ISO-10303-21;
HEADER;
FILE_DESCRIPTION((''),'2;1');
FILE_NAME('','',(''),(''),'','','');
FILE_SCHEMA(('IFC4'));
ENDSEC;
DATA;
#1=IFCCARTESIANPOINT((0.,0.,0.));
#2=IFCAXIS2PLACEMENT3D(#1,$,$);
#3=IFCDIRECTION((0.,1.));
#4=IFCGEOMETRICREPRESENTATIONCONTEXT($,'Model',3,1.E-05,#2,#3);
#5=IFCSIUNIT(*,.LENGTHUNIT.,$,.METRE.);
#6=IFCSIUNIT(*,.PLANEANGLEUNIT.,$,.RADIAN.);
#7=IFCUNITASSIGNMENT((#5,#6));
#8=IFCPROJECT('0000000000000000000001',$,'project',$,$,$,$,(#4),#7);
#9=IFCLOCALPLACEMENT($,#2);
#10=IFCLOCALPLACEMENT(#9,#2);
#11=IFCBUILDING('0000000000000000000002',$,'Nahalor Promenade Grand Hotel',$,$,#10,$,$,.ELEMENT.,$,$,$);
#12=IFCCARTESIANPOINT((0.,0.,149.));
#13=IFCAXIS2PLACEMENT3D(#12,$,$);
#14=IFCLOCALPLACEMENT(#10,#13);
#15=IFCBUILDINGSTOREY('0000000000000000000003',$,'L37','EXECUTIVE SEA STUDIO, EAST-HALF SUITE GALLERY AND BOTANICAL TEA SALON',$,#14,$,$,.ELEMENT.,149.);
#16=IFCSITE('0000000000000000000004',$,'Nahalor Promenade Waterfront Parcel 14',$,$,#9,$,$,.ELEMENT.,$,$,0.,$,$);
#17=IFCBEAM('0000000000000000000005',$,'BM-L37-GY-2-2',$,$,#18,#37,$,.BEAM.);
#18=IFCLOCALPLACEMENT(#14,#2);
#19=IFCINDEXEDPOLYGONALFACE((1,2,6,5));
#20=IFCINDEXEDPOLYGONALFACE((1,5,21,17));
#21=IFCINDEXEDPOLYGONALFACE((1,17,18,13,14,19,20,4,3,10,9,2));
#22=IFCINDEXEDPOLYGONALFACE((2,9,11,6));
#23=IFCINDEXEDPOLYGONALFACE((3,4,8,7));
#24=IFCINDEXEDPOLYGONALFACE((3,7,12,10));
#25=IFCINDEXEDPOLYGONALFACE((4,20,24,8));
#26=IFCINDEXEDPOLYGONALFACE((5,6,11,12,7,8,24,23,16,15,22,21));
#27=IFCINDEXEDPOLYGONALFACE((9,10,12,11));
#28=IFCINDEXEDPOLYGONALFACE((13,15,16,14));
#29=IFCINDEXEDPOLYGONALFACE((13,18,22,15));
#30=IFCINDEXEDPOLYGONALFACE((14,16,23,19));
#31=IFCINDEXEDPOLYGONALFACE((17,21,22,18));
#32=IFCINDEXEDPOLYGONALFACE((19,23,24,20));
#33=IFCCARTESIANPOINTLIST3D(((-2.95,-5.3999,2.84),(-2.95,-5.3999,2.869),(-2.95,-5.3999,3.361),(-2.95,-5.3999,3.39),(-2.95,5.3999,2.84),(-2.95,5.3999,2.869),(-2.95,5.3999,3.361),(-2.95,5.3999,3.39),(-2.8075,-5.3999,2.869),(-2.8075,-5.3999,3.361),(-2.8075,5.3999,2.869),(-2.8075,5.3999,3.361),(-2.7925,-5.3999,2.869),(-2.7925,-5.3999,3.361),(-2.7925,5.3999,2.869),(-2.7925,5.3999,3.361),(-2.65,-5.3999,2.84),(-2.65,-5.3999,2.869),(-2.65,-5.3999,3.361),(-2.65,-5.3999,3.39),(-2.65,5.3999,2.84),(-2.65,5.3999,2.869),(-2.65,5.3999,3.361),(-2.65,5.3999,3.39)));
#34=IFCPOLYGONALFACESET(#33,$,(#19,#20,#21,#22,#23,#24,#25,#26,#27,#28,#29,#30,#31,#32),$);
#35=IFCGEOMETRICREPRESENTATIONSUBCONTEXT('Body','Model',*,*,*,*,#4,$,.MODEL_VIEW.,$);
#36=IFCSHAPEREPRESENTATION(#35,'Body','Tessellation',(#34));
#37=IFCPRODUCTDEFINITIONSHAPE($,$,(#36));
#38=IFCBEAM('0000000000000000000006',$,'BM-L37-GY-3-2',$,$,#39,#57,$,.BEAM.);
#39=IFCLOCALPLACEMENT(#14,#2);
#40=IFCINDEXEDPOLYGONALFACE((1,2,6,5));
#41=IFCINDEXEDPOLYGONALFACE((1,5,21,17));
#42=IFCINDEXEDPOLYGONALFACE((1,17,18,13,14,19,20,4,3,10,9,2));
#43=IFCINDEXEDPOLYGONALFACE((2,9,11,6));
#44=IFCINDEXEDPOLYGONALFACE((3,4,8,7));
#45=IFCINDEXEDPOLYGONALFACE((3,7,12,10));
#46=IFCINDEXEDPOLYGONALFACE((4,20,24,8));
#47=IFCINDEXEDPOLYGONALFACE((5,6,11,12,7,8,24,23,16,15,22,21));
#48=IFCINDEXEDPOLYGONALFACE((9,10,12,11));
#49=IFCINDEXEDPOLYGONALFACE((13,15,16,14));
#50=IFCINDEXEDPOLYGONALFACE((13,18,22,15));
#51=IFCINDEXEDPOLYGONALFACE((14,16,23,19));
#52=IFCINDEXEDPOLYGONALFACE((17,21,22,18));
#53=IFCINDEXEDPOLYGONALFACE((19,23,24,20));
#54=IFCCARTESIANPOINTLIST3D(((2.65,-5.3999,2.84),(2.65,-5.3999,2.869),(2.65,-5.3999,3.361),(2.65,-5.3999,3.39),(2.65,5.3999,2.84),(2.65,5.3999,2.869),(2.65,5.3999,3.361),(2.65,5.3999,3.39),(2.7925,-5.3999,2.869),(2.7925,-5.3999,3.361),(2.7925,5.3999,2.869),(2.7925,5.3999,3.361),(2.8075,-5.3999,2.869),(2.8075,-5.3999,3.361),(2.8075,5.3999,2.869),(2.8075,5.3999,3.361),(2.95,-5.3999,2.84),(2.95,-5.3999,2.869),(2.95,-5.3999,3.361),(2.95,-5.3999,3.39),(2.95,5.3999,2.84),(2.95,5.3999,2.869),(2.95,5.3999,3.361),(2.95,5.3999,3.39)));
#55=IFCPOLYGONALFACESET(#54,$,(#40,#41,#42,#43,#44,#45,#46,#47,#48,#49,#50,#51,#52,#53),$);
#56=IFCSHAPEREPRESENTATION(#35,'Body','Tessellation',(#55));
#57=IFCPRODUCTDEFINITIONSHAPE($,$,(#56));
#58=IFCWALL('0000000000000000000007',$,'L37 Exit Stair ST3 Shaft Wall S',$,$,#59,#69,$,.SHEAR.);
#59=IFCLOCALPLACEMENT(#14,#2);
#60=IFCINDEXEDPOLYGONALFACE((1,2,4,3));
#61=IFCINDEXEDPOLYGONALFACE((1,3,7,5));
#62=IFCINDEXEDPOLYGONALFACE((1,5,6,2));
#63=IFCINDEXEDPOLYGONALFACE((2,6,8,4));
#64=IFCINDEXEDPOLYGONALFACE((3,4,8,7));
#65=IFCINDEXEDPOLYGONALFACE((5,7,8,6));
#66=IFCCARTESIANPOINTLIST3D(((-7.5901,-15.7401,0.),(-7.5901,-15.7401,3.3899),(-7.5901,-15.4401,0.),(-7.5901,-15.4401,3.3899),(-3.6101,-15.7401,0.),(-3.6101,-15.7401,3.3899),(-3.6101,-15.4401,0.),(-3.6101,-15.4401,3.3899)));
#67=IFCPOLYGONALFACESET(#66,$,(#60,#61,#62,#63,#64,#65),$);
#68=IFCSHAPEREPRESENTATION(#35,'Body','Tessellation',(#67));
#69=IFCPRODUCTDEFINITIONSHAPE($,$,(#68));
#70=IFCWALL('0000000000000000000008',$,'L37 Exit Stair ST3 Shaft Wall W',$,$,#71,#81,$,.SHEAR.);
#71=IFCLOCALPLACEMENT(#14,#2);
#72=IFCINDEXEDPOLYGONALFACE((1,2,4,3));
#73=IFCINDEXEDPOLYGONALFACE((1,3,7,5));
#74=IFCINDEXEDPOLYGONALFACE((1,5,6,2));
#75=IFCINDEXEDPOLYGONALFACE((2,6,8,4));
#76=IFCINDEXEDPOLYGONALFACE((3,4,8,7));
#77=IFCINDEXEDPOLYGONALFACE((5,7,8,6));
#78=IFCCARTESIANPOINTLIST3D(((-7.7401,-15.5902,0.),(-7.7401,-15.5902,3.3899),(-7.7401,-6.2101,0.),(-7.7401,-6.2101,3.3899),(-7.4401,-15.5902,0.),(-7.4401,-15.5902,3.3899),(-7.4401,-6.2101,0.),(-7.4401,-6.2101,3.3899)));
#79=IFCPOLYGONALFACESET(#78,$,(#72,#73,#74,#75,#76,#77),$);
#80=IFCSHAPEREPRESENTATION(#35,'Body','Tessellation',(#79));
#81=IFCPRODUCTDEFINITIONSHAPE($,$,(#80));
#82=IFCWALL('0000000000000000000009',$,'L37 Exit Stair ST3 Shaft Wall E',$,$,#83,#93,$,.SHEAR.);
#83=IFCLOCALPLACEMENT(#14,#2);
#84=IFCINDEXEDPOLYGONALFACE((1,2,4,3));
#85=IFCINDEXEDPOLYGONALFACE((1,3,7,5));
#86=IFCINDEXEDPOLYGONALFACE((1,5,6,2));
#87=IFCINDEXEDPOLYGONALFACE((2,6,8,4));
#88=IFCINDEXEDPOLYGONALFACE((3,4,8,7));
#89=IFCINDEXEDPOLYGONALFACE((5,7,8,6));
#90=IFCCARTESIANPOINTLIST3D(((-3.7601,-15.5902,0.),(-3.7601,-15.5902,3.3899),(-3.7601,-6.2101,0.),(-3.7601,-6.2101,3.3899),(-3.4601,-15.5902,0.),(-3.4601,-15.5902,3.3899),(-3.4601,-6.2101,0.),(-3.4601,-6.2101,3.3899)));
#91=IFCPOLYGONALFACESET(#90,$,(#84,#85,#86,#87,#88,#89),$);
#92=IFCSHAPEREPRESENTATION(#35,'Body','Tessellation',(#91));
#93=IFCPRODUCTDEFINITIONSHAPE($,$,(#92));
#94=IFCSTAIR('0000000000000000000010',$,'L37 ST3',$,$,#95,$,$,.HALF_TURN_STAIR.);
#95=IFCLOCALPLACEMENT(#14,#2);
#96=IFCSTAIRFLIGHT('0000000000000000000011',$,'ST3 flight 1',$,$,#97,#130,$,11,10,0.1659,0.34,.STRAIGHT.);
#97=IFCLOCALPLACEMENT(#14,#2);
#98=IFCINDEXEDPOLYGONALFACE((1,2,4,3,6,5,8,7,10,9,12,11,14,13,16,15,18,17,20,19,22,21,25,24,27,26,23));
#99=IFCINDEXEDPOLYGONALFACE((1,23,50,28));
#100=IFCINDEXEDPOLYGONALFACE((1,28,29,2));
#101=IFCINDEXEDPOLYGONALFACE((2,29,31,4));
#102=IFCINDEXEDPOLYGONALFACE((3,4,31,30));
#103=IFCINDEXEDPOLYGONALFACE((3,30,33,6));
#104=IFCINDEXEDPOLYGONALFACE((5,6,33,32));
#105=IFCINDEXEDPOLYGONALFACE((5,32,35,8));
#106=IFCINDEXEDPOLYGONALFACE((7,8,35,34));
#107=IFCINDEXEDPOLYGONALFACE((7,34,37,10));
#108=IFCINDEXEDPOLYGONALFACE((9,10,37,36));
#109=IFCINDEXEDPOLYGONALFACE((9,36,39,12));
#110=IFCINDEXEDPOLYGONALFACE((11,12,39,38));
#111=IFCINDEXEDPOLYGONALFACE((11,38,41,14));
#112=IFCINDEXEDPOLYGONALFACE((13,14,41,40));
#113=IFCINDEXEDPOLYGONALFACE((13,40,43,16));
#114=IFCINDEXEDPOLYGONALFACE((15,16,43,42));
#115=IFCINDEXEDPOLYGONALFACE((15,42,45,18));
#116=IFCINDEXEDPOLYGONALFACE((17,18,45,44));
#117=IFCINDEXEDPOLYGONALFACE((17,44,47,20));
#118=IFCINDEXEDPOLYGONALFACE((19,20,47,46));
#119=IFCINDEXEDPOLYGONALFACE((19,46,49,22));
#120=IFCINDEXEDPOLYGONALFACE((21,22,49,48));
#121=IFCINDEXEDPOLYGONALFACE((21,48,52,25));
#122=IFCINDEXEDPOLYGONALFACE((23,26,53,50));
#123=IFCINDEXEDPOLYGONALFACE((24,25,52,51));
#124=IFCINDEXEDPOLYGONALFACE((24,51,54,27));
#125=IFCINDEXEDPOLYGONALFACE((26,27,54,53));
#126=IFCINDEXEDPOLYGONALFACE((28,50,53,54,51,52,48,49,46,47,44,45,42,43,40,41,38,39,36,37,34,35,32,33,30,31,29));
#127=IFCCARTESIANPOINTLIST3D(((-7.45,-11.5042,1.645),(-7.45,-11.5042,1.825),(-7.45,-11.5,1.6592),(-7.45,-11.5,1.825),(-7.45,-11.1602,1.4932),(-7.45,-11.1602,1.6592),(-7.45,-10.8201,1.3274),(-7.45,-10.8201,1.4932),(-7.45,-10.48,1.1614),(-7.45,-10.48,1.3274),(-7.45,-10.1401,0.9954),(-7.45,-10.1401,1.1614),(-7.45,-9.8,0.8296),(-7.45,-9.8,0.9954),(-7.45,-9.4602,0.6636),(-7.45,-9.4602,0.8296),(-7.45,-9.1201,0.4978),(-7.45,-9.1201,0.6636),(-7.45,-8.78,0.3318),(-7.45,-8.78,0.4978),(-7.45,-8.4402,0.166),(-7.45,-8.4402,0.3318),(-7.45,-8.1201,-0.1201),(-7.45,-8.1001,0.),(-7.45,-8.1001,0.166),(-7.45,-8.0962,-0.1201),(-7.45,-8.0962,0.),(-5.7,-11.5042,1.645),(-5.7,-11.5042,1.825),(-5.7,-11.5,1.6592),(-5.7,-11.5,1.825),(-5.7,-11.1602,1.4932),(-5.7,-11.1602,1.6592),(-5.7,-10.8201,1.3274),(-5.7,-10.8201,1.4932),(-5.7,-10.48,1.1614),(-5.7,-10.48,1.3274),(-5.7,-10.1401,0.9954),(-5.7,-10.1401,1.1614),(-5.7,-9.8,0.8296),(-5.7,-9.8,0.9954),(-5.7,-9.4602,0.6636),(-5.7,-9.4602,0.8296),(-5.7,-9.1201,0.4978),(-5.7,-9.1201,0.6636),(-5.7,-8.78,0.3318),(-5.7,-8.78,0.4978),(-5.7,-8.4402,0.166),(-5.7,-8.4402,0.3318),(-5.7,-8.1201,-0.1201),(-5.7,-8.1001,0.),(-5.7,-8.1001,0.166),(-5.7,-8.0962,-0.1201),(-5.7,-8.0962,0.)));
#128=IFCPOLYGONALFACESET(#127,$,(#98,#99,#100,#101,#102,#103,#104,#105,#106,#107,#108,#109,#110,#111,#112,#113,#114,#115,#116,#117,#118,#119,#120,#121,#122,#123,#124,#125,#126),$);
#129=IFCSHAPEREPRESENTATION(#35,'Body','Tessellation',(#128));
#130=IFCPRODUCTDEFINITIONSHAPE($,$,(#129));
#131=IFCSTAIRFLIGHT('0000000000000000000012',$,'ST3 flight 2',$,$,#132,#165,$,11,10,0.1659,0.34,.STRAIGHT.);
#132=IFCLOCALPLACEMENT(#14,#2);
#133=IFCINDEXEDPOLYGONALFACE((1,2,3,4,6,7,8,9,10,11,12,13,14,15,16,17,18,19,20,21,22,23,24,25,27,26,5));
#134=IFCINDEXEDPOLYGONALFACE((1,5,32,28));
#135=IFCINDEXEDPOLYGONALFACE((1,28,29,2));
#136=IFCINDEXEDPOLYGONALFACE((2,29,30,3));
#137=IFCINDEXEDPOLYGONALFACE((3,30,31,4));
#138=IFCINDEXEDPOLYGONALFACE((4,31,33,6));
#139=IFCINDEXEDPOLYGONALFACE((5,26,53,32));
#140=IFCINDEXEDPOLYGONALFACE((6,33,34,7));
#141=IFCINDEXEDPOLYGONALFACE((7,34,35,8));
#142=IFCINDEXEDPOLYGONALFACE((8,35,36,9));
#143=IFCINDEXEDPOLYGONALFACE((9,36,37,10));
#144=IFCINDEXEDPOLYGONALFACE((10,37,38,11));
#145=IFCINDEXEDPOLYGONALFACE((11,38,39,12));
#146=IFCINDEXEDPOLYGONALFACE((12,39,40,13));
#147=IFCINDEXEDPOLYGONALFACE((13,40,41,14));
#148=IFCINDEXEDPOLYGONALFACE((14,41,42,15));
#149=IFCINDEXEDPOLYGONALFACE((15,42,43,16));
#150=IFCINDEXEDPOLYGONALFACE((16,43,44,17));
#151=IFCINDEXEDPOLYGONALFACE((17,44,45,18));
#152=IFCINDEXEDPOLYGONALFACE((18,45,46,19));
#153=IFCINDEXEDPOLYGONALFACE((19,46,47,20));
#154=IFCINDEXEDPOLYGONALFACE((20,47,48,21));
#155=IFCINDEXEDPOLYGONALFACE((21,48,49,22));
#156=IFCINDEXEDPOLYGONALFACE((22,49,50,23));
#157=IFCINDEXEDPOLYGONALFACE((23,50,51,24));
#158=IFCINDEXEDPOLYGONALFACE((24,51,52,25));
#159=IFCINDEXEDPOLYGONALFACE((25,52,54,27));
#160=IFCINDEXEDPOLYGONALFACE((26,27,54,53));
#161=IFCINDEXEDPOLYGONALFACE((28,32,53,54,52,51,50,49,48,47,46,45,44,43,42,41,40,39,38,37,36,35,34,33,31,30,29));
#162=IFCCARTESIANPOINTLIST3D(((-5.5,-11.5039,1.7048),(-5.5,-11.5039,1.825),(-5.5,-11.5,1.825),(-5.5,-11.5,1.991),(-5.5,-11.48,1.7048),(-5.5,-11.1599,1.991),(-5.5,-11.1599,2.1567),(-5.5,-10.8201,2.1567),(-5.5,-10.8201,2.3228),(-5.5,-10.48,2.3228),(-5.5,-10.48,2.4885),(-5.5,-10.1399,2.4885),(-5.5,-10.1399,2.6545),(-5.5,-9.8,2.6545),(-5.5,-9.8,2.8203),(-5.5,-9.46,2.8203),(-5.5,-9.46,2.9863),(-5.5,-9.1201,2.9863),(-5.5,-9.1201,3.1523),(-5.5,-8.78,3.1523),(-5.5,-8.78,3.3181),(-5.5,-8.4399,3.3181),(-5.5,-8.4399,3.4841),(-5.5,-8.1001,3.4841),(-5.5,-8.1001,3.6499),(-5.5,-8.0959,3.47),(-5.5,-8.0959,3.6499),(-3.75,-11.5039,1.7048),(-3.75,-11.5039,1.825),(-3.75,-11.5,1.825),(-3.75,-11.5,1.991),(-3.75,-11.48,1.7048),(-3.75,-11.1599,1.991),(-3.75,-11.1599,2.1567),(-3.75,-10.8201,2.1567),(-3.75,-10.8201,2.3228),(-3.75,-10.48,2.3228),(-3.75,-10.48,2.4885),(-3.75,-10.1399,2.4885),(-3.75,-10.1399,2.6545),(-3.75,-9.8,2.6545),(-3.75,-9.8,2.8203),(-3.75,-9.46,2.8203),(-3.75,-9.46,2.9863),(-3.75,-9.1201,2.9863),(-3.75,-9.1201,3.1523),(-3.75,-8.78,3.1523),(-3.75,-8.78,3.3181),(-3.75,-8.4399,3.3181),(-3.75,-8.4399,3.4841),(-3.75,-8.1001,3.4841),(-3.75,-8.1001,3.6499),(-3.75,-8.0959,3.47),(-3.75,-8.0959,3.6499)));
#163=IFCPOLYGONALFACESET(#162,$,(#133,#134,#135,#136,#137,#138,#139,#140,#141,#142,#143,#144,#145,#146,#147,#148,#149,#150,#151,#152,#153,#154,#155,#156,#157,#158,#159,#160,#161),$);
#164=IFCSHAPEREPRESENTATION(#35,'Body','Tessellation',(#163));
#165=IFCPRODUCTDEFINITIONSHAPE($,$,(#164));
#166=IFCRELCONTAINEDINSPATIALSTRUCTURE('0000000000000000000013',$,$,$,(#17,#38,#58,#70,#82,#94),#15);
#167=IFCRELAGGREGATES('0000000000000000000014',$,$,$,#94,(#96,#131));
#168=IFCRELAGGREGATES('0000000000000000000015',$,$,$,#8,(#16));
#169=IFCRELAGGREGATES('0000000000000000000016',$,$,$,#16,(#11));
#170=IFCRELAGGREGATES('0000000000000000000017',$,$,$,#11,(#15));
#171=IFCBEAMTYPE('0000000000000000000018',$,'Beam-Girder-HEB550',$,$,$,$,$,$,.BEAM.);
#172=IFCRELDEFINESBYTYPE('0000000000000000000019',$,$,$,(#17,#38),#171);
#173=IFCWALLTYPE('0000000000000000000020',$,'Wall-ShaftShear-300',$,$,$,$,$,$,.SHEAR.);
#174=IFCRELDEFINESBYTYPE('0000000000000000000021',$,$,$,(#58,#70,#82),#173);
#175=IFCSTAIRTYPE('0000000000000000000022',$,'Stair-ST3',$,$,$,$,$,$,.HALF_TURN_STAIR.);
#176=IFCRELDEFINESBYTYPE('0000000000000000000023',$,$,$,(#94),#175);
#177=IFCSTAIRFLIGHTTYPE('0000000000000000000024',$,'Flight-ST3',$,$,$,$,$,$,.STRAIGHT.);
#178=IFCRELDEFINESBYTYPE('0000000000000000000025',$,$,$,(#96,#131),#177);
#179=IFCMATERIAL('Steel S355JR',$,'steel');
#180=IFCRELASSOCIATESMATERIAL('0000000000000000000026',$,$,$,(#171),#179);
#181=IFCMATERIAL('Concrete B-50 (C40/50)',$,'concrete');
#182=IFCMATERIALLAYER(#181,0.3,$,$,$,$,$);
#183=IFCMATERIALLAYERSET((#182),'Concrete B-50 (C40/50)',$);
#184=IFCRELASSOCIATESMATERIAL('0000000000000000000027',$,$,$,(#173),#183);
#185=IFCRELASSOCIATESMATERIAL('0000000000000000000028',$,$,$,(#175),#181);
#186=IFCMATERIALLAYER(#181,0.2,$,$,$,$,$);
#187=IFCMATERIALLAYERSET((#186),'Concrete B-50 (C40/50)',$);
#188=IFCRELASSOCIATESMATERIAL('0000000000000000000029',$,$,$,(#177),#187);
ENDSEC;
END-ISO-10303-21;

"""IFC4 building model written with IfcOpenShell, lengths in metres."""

from ifc_helpers import new_model, si_unit, direction, frame, frame_2d, origin, origin_2d, place, context, subcontext, project, spatial, polyline, rectangle, i_section, outline, extrude, source, transform, mapped, material, layer, layer_set, material_profile, profile_set, type_object, element, aggregate, save


model = new_model("IFC4")

# Units and contexts
model_context = context("Model", 3, precision=1e-05, world=origin(), true_north=direction((0.0, 1.0)))
body_context = subcontext(model_context, "Body", "Model", "MODEL_VIEW")
ifc_project = project(units=[si_unit("LENGTHUNIT", "METRE"), si_unit("PLANEANGLEUNIT", "RADIAN")], contexts=[model_context])

# Site, building, storey
site_placement = place(None, origin())
site = spatial("IfcSite", under=ifc_project, at=site_placement, Name="Nahalor Promenade Waterfront Parcel 14", CompositionType="ELEMENT", RefElevation=0.0)
building_placement = place(site_placement, origin())
building = spatial("IfcBuilding", under=site, at=building_placement, Name="Nahalor Promenade Grand Hotel", CompositionType="ELEMENT")
storey_placement = place(building_placement, frame((0.0, 0.0, 149.0)))
storey = spatial("IfcBuildingStorey", under=building, at=storey_placement, Name="L37", Description="EXECUTIVE SEA STUDIO, EAST-HALF SUITE GALLERY AND BOTANICAL TEA SALON", CompositionType="ELEMENT", Elevation=149.0)

# Beams
ifc_material_1 = material(Name="Steel S355JR", Category="steel")
ifc_material_profile_1 = material_profile(ifc_material_1, i_section(OverallWidth=0.3, OverallDepth=0.55, WebThickness=0.015, FlangeThickness=0.029, at=origin_2d()), Name="HEB 550")
ifc_profile_set_1 = profile_set([ifc_material_profile_1], Name="Steel S355JR")
beam_type = type_object("IfcBeamType", Name="Beam-Girder-HEB550", PredefinedType="BEAM", material=ifc_profile_set_1)
shared_shape_1 = source(origin(), body_context, "Body", "SweptSolid", [
    extrude(i_section(OverallWidth=0.3, OverallDepth=0.55, WebThickness=0.015, FlangeThickness=0.029, at=origin_2d()), origin(), (0.0, 0.0, 1.0), 10.7998),
])
for number, where, z_axis, x_axis, name in (
    (1, (-2.8, -5.3999, 3.115), (0.0, 1.0, 0.0), (-1.0, 0.0, 0.0), "BM-L37-GY-2-2"),
    (2, (2.8, -5.3999, 3.115), (0.0, 1.0, 0.0), (-1.0, 0.0, 0.0), "BM-L37-GY-3-2"),
):
    element("IfcBeam", number, at=place(storey_placement, frame(where, z_axis=z_axis, x_axis=x_axis)), inside=storey, type_object=beam_type, Name=name, PredefinedType="BEAM", context=body_context, shape_type="MappedRepresentation", body=[
        mapped(shared_shape_1, transform((0.0, 0.0, 0.0), scale=1.0)),
    ])

# Wall
ifc_material_2 = material(Name="Concrete B-50 (C40/50)", Category="concrete")
ifc_layer_1 = layer(ifc_material_2, 0.3)
ifc_layer_set_1 = layer_set([ifc_layer_1], Name="Concrete B-50 (C40/50)")
wall_type = type_object("IfcWallType", Name="Wall-ShaftShear-300", PredefinedType="SHEAR", material=ifc_layer_set_1)
shared_shape_2 = source(origin(), body_context, "Body", "SweptSolid", [
    extrude(rectangle(XDim=3.98, YDim=0.3, at=frame_2d((1.99, 0.0))), origin(), (0.0, 0.0, 1.0), 3.3899),
])
wall_1_placement = place(storey_placement, frame((-7.5901, -15.5901, 0.0), z_axis=(0.0, 0.0, 1.0), x_axis=(1.0, 0.0, 0.0)))
element("IfcWall", 3, at=wall_1_placement, inside=storey, type_object=wall_type, Name="L37 Exit Stair ST3 Shaft Wall S", PredefinedType="SHEAR", context=body_context, shape_type="MappedRepresentation", body=[
    mapped(shared_shape_2, transform((0.0, 0.0, 0.0), scale=1.0)),
])

# Walls
shared_shape_3 = source(origin(), body_context, "Body", "SweptSolid", [
    extrude(rectangle(XDim=9.3801, YDim=0.3, at=frame_2d((4.6899, 0.0))), origin(), (0.0, 0.0, 1.0), 3.3899),
])
for number, where, z_axis, x_axis, name in (
    (4, (-7.5901, -15.5901, 0.0), (0.0, 0.0, 1.0), (0.0, 1.0, 0.0), "L37 Exit Stair ST3 Shaft Wall W"),
    (5, (-3.6101, -15.5901, 0.0), (0.0, 0.0, 1.0), (0.0, 1.0, 0.0), "L37 Exit Stair ST3 Shaft Wall E"),
):
    element("IfcWall", number, at=place(storey_placement, frame(where, z_axis=z_axis, x_axis=x_axis)), inside=storey, type_object=wall_type, Name=name, PredefinedType="SHEAR", context=body_context, shape_type="MappedRepresentation", body=[
        mapped(shared_shape_3, transform((0.0, 0.0, 0.0), scale=1.0)),
    ])

# Stair, stair flights
stair_type = type_object("IfcStairType", Name="Stair-ST3", PredefinedType="HALF_TURN_STAIR", material=ifc_material_2)
stair_placement = place(storey_placement, origin())
stair = element("IfcStair", 6, at=stair_placement, inside=storey, type_object=stair_type, Name="L37 ST3", PredefinedType="HALF_TURN_STAIR")
ifc_layer_2 = layer(ifc_material_2, 0.2)
ifc_layer_set_2 = layer_set([ifc_layer_2], Name="Concrete B-50 (C40/50)")
stair_flight_type = type_object("IfcStairFlightType", Name="Flight-ST3", PredefinedType="STRAIGHT", material=ifc_layer_set_2)
shared_shape_4 = source(origin(), body_context, "Body", "SweptSolid", [
    extrude(outline(polyline([(-0.0039, -0.1201), (-0.0039, 0.0), (0.0, 0.0), (0.0, 0.166), (0.3401, 0.166), (0.3401, 0.3318), (0.6799, 0.3318), (0.6799, 0.4978), (1.02, 0.4978), (1.02, 0.6636), (1.3601, 0.6636), (1.3601, 0.8296), (1.7, 0.8296), (1.7, 0.9954), (2.04, 0.9954), (2.04, 1.1614), (2.3799, 1.1614), (2.3799, 1.3274), (2.72, 1.3274), (2.72, 1.4932), (3.0601, 1.4932), (3.0601, 1.6592), (3.3999, 1.6592), (3.3999, 1.825), (3.4041, 1.825), (3.4041, 1.645), (0.02, -0.1201), (-0.0039, -0.1201)])), frame((0.0, 0.875, 0.0), z_axis=(0.0, -1.0, 0.0), x_axis=(1.0, 0.0, 0.0)), (0.0, 0.0, 1.0), 1.75),
])
stair_flight_1_placement = place(storey_placement, frame((-6.575, -8.1001, 0.0), z_axis=(0.0, 0.0, 1.0), x_axis=(0.0, -1.0, 0.0)))
stair_flight_1 = element("IfcStairFlight", 7, at=stair_flight_1_placement, type_object=stair_flight_type, Name="ST3 flight 1", NumberOfRisers=11, NumberOfTreads=10, PredefinedType="STRAIGHT", RiserHeight=0.1659, TreadLength=0.34, context=body_context, shape_type="MappedRepresentation", body=[
    mapped(shared_shape_4, transform((0.0, 0.0, 0.0), scale=1.0)),
])
stair_flight_2_placement = place(storey_placement, frame((-4.625, -11.5, 1.825), z_axis=(0.0, 0.0, 1.0), x_axis=(0.0, 1.0, 0.0)))
stair_flight_2 = element("IfcStairFlight", 8, at=stair_flight_2_placement, type_object=stair_flight_type, Name="ST3 flight 2", NumberOfRisers=11, NumberOfTreads=10, PredefinedType="STRAIGHT", RiserHeight=0.1659, TreadLength=0.34, context=body_context, shape_type="MappedRepresentation", body=[
    mapped(shared_shape_4, transform((0.0, 0.0, 0.0), scale=1.0)),
])
aggregate(stair, [stair_flight_1, stair_flight_2])

save(model, "model.ifc")
